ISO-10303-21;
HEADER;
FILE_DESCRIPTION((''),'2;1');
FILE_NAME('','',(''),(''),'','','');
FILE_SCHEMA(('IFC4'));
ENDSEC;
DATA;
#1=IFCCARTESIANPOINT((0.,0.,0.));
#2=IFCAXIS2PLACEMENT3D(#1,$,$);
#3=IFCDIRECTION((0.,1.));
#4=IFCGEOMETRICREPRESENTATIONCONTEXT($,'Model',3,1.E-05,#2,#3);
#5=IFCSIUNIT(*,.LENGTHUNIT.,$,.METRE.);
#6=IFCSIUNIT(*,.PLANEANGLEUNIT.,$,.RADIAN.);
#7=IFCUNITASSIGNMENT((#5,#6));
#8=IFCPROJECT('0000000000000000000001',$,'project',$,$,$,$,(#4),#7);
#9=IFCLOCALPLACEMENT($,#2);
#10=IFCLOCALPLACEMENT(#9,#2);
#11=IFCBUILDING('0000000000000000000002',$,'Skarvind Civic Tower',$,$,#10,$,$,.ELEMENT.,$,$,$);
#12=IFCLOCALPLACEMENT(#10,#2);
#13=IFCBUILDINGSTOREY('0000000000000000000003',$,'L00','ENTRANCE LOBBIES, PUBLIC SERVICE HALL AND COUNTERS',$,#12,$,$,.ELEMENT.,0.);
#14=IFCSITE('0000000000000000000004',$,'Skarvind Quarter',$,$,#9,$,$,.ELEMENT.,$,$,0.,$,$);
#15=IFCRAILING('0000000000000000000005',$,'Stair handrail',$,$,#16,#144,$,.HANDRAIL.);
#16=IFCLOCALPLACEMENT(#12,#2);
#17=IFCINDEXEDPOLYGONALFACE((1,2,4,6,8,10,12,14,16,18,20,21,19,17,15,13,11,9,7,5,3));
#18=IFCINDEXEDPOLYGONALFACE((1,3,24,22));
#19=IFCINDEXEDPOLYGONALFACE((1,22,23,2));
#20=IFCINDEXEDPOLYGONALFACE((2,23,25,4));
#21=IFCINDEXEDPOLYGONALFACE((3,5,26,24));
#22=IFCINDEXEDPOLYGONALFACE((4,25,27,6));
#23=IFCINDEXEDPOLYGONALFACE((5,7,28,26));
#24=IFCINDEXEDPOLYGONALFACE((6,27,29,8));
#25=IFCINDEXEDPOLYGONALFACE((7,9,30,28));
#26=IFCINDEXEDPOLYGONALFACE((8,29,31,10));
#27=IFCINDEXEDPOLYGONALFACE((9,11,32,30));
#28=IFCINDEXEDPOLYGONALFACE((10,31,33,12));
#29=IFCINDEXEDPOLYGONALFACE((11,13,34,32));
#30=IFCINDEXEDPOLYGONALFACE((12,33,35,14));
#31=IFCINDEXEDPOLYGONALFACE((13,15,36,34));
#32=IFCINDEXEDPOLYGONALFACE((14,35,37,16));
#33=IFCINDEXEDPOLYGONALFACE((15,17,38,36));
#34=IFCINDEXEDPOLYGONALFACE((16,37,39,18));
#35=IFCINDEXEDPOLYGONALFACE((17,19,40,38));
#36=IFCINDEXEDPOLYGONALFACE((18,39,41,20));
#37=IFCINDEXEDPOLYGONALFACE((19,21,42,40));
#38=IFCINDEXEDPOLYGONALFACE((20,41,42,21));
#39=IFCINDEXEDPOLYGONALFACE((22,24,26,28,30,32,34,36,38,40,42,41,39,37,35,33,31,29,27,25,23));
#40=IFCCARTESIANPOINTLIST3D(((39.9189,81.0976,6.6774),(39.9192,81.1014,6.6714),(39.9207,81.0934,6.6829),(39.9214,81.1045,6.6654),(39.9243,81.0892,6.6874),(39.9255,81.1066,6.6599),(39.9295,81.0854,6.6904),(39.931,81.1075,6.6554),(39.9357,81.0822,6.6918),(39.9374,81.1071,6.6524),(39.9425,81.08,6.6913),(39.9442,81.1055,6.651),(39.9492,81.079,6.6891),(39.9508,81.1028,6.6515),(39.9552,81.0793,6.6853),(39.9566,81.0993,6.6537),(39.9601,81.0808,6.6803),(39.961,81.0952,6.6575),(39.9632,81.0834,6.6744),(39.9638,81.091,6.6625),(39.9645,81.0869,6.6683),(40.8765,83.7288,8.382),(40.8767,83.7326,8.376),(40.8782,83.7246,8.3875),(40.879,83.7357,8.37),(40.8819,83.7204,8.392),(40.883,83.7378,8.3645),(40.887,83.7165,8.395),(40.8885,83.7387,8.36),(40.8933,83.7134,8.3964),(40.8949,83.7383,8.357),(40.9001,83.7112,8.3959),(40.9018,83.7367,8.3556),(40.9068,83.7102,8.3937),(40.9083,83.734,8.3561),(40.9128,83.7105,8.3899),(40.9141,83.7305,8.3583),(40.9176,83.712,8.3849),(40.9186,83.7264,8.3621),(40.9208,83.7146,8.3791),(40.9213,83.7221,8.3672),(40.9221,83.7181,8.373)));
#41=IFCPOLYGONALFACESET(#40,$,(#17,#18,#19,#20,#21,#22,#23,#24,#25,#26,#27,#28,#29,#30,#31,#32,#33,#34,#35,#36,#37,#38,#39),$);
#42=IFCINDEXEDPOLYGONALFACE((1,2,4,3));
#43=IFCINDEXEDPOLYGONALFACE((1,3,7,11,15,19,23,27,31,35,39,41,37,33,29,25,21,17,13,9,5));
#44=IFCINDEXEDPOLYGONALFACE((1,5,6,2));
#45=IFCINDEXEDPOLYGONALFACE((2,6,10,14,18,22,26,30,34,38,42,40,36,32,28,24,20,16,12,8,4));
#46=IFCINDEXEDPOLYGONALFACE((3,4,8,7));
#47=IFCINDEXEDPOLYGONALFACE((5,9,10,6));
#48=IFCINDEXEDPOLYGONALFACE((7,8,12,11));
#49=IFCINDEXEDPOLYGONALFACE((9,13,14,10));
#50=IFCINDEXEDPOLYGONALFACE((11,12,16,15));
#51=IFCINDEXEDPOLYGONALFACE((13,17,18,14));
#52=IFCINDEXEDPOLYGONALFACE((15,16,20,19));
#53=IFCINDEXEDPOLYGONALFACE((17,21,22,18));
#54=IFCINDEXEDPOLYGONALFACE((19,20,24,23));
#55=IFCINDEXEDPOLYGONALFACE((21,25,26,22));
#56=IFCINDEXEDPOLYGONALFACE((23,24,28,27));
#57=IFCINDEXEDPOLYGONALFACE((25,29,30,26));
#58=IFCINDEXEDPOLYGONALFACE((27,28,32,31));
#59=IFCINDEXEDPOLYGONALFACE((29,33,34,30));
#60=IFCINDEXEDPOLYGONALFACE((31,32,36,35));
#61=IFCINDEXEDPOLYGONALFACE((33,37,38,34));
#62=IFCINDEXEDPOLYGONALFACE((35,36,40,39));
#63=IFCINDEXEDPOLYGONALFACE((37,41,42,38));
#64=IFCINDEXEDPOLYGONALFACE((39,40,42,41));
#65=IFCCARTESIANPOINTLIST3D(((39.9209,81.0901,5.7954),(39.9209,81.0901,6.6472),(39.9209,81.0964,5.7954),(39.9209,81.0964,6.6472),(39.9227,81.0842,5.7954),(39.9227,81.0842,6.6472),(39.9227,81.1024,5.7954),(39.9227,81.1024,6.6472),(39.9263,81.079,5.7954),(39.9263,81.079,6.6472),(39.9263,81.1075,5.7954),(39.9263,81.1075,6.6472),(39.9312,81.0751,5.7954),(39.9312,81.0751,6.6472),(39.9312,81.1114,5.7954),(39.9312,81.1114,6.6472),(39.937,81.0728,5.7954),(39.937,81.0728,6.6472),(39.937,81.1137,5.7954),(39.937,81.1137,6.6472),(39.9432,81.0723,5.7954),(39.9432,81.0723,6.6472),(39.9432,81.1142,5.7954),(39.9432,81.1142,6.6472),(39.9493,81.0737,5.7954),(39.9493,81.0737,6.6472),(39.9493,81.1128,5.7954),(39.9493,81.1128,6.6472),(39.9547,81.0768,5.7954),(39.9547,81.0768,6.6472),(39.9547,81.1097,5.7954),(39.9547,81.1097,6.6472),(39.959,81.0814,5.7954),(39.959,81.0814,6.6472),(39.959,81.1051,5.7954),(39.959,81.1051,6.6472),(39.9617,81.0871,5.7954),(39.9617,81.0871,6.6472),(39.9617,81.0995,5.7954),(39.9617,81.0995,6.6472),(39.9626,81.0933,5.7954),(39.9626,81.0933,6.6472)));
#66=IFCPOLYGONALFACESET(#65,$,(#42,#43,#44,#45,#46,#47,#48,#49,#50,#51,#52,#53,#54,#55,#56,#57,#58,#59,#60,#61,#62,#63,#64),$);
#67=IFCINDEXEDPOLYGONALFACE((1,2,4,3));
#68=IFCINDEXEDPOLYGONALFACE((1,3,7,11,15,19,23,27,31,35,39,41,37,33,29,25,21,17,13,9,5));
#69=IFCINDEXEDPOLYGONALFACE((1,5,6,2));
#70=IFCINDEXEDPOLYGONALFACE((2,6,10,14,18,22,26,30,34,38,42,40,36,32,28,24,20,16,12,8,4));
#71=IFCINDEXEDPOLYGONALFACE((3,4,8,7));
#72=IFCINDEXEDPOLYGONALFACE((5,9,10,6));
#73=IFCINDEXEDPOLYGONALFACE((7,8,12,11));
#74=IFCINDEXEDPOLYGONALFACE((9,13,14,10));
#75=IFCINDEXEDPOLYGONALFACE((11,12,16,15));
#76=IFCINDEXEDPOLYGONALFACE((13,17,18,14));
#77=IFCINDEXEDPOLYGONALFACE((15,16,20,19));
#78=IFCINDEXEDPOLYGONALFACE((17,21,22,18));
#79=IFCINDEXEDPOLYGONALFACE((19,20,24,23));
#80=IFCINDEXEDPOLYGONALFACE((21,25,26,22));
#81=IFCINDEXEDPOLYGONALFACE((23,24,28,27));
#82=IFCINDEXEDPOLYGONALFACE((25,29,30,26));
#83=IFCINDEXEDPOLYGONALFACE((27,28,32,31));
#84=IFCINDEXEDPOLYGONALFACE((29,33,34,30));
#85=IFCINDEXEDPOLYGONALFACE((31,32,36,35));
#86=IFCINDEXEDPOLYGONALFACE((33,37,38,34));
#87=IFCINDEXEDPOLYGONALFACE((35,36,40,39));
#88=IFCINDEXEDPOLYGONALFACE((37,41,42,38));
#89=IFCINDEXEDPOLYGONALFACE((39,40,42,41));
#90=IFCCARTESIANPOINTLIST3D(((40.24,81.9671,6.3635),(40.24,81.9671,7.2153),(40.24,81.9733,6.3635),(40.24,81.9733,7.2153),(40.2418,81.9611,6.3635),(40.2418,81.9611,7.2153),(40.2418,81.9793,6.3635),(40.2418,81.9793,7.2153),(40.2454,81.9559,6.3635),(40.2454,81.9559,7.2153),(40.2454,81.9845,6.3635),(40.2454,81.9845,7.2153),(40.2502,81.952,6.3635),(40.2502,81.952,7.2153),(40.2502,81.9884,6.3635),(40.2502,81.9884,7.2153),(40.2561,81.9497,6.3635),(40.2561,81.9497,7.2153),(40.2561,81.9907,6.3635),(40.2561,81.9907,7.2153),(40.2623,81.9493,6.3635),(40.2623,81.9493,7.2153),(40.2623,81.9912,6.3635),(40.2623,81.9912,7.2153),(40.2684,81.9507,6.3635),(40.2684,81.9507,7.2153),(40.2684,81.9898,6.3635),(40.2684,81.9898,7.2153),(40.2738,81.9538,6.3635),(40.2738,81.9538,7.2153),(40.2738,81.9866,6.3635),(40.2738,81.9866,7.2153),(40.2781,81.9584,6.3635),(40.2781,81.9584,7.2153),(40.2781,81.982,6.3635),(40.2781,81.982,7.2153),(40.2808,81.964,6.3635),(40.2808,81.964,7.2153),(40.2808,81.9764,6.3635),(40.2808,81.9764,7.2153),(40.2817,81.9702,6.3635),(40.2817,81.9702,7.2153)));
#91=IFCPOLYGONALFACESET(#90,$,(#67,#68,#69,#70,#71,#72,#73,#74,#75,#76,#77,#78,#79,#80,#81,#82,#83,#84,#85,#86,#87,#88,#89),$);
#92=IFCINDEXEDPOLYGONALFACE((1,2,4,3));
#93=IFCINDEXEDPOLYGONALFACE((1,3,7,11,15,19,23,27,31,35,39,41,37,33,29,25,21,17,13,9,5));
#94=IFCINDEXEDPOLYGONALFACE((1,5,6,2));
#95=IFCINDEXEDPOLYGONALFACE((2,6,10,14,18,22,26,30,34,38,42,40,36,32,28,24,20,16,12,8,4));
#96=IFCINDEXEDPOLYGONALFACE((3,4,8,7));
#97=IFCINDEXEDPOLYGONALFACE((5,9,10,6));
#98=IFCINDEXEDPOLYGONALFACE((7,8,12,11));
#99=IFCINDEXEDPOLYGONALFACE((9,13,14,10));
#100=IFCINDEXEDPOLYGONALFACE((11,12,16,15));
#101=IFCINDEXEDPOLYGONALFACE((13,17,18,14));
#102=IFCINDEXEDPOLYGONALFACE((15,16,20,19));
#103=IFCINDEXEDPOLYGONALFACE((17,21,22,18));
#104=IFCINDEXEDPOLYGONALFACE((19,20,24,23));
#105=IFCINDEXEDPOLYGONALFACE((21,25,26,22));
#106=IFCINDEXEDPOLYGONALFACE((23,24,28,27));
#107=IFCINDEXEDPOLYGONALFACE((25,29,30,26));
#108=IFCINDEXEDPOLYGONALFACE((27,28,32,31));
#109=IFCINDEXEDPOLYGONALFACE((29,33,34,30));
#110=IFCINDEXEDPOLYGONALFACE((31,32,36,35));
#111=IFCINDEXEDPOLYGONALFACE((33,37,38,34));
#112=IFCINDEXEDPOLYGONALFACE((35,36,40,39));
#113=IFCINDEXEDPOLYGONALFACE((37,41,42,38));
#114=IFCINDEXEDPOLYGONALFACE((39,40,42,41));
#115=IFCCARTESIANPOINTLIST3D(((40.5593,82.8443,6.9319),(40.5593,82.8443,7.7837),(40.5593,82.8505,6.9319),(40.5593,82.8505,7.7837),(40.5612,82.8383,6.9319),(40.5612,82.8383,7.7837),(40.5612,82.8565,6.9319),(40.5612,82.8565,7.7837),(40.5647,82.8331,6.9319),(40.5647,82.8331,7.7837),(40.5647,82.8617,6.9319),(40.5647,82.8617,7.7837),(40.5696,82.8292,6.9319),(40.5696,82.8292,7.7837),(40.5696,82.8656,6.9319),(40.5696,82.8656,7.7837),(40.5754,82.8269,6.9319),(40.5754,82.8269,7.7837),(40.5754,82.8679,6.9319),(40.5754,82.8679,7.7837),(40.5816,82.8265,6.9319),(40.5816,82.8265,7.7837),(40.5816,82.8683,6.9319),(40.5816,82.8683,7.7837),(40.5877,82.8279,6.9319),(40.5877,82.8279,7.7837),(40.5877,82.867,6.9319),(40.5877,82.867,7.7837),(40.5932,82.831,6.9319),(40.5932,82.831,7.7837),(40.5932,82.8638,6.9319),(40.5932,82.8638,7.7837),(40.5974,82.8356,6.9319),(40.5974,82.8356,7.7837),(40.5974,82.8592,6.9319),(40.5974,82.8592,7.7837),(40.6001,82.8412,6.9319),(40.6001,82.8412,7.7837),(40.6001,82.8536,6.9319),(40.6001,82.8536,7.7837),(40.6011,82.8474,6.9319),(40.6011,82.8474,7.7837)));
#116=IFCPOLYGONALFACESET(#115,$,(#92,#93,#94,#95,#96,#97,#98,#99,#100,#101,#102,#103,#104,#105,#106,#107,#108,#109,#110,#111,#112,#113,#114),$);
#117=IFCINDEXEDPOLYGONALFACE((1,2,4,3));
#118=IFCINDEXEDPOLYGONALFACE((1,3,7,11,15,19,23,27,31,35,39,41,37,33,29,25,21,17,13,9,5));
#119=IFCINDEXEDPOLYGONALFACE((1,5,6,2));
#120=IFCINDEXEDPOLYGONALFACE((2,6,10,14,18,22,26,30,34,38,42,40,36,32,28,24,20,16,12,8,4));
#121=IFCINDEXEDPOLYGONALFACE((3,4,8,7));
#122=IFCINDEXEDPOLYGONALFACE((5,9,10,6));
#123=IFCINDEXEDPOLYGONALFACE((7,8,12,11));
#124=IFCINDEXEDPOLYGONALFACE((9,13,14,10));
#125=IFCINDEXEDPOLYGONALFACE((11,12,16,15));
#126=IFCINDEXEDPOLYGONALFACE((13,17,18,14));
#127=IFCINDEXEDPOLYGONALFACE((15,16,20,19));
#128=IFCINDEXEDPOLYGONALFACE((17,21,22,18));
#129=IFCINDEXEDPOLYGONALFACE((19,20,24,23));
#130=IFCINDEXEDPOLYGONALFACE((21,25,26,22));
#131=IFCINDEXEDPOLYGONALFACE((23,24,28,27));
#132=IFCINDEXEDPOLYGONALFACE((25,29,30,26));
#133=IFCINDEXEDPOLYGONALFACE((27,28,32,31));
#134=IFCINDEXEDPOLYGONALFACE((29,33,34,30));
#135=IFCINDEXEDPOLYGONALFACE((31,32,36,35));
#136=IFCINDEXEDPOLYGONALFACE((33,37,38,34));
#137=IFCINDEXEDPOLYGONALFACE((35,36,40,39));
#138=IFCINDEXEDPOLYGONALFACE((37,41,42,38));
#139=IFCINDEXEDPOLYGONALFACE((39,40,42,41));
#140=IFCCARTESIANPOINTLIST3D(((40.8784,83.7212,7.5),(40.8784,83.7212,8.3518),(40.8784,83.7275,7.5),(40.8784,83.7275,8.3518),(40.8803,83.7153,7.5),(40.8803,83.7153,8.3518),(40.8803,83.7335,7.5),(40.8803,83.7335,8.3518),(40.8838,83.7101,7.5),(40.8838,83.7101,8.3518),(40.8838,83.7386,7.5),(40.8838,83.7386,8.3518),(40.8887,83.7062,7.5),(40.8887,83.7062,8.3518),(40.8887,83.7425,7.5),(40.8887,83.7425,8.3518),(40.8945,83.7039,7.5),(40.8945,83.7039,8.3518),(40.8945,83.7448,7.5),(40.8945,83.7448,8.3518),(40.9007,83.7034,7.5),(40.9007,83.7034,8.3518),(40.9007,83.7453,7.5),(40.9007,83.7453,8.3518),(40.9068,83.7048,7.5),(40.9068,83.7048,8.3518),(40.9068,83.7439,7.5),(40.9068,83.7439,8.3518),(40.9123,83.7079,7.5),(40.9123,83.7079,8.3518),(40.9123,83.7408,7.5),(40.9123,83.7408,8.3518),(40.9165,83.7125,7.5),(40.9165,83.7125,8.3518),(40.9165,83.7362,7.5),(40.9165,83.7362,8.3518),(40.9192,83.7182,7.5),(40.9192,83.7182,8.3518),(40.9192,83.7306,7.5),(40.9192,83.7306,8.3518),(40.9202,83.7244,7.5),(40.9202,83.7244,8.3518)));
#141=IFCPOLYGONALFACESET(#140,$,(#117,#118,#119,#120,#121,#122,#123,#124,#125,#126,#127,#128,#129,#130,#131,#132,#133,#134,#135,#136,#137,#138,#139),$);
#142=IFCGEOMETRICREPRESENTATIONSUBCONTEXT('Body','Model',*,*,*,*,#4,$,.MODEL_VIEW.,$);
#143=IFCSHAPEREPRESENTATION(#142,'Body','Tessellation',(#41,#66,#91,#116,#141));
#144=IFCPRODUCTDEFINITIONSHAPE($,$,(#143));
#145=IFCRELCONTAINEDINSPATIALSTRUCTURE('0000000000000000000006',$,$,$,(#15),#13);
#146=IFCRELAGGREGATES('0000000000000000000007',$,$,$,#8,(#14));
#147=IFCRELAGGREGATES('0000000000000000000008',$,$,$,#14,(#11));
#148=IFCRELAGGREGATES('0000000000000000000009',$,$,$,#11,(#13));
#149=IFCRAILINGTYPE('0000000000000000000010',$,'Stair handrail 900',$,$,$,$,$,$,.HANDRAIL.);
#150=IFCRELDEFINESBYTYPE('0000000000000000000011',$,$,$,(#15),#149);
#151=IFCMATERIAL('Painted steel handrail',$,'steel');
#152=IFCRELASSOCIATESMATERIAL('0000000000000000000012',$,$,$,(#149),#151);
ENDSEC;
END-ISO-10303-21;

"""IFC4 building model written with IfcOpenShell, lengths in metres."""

from ifc_helpers import new_model, si_unit, direction, frame, origin, origin_2d, place, context, subcontext, project, spatial, circle, extrude, material, type_object, element, save


model = new_model("IFC4")

# Units and contexts
model_context = context("Model", 3, precision=1e-05, world=origin(), true_north=direction((0.0, 1.0)))
body_context = subcontext(model_context, "Body", "Model", "MODEL_VIEW")
ifc_project = project(units=[si_unit("LENGTHUNIT", "METRE"), si_unit("PLANEANGLEUNIT", "RADIAN")], contexts=[model_context])

# Site, building, storey
site_placement = place(None, origin())
site = spatial("IfcSite", under=ifc_project, at=site_placement, Name="Skarvind Quarter", CompositionType="ELEMENT", RefElevation=0.0)
building_placement = place(site_placement, origin())
building = spatial("IfcBuilding", under=site, at=building_placement, Name="Skarvind Civic Tower", CompositionType="ELEMENT")
storey_placement = place(building_placement, origin())
storey = spatial("IfcBuildingStorey", under=building, at=storey_placement, Name="L00", Description="ENTRANCE LOBBIES, PUBLIC SERVICE HALL AND COUNTERS", CompositionType="ELEMENT", Elevation=0.0)

# Railing
ifc_material_1 = material(Name="Painted steel handrail", Category="steel")
railing_type = type_object("IfcRailingType", Name="Stair handrail 900", PredefinedType="HANDRAIL", material=ifc_material_1)
railing_1_placement = place(storey_placement, frame((39.9417, 81.0933, 5.7954)))
element("IfcRailing", 1, at=railing_1_placement, inside=storey, type_object=railing_type, Name="Stair handrail", PredefinedType="HANDRAIL", context=body_context, shape_type="SweptSolid", body=[
    extrude(circle(Radius=0.0239, at=origin_2d()), frame((0.0, 0.0, 0.876), z_axis=(0.292106, 0.802659, 0.520012), x_axis=(-0.939707, 0.341981, 0.0)), (0.0, 0.0, 1.0), 3.2781),
    extrude(circle(Radius=0.021, at=origin_2d()), origin(), (0.0, 0.0, 1.0), 0.8518),
    extrude(circle(Radius=0.021, at=origin_2d()), frame((0.3191, 0.877, 0.5681)), (0.0, 0.0, 1.0), 0.8518),
    extrude(circle(Radius=0.021, at=origin_2d()), frame((0.6384, 1.7542, 1.1365)), (0.0, 0.0, 1.0), 0.8518),
    extrude(circle(Radius=0.021, at=origin_2d()), frame((0.9575, 2.6311, 1.7046)), (0.0, 0.0, 1.0), 0.8518),
])

save(model, "model.ifc")
